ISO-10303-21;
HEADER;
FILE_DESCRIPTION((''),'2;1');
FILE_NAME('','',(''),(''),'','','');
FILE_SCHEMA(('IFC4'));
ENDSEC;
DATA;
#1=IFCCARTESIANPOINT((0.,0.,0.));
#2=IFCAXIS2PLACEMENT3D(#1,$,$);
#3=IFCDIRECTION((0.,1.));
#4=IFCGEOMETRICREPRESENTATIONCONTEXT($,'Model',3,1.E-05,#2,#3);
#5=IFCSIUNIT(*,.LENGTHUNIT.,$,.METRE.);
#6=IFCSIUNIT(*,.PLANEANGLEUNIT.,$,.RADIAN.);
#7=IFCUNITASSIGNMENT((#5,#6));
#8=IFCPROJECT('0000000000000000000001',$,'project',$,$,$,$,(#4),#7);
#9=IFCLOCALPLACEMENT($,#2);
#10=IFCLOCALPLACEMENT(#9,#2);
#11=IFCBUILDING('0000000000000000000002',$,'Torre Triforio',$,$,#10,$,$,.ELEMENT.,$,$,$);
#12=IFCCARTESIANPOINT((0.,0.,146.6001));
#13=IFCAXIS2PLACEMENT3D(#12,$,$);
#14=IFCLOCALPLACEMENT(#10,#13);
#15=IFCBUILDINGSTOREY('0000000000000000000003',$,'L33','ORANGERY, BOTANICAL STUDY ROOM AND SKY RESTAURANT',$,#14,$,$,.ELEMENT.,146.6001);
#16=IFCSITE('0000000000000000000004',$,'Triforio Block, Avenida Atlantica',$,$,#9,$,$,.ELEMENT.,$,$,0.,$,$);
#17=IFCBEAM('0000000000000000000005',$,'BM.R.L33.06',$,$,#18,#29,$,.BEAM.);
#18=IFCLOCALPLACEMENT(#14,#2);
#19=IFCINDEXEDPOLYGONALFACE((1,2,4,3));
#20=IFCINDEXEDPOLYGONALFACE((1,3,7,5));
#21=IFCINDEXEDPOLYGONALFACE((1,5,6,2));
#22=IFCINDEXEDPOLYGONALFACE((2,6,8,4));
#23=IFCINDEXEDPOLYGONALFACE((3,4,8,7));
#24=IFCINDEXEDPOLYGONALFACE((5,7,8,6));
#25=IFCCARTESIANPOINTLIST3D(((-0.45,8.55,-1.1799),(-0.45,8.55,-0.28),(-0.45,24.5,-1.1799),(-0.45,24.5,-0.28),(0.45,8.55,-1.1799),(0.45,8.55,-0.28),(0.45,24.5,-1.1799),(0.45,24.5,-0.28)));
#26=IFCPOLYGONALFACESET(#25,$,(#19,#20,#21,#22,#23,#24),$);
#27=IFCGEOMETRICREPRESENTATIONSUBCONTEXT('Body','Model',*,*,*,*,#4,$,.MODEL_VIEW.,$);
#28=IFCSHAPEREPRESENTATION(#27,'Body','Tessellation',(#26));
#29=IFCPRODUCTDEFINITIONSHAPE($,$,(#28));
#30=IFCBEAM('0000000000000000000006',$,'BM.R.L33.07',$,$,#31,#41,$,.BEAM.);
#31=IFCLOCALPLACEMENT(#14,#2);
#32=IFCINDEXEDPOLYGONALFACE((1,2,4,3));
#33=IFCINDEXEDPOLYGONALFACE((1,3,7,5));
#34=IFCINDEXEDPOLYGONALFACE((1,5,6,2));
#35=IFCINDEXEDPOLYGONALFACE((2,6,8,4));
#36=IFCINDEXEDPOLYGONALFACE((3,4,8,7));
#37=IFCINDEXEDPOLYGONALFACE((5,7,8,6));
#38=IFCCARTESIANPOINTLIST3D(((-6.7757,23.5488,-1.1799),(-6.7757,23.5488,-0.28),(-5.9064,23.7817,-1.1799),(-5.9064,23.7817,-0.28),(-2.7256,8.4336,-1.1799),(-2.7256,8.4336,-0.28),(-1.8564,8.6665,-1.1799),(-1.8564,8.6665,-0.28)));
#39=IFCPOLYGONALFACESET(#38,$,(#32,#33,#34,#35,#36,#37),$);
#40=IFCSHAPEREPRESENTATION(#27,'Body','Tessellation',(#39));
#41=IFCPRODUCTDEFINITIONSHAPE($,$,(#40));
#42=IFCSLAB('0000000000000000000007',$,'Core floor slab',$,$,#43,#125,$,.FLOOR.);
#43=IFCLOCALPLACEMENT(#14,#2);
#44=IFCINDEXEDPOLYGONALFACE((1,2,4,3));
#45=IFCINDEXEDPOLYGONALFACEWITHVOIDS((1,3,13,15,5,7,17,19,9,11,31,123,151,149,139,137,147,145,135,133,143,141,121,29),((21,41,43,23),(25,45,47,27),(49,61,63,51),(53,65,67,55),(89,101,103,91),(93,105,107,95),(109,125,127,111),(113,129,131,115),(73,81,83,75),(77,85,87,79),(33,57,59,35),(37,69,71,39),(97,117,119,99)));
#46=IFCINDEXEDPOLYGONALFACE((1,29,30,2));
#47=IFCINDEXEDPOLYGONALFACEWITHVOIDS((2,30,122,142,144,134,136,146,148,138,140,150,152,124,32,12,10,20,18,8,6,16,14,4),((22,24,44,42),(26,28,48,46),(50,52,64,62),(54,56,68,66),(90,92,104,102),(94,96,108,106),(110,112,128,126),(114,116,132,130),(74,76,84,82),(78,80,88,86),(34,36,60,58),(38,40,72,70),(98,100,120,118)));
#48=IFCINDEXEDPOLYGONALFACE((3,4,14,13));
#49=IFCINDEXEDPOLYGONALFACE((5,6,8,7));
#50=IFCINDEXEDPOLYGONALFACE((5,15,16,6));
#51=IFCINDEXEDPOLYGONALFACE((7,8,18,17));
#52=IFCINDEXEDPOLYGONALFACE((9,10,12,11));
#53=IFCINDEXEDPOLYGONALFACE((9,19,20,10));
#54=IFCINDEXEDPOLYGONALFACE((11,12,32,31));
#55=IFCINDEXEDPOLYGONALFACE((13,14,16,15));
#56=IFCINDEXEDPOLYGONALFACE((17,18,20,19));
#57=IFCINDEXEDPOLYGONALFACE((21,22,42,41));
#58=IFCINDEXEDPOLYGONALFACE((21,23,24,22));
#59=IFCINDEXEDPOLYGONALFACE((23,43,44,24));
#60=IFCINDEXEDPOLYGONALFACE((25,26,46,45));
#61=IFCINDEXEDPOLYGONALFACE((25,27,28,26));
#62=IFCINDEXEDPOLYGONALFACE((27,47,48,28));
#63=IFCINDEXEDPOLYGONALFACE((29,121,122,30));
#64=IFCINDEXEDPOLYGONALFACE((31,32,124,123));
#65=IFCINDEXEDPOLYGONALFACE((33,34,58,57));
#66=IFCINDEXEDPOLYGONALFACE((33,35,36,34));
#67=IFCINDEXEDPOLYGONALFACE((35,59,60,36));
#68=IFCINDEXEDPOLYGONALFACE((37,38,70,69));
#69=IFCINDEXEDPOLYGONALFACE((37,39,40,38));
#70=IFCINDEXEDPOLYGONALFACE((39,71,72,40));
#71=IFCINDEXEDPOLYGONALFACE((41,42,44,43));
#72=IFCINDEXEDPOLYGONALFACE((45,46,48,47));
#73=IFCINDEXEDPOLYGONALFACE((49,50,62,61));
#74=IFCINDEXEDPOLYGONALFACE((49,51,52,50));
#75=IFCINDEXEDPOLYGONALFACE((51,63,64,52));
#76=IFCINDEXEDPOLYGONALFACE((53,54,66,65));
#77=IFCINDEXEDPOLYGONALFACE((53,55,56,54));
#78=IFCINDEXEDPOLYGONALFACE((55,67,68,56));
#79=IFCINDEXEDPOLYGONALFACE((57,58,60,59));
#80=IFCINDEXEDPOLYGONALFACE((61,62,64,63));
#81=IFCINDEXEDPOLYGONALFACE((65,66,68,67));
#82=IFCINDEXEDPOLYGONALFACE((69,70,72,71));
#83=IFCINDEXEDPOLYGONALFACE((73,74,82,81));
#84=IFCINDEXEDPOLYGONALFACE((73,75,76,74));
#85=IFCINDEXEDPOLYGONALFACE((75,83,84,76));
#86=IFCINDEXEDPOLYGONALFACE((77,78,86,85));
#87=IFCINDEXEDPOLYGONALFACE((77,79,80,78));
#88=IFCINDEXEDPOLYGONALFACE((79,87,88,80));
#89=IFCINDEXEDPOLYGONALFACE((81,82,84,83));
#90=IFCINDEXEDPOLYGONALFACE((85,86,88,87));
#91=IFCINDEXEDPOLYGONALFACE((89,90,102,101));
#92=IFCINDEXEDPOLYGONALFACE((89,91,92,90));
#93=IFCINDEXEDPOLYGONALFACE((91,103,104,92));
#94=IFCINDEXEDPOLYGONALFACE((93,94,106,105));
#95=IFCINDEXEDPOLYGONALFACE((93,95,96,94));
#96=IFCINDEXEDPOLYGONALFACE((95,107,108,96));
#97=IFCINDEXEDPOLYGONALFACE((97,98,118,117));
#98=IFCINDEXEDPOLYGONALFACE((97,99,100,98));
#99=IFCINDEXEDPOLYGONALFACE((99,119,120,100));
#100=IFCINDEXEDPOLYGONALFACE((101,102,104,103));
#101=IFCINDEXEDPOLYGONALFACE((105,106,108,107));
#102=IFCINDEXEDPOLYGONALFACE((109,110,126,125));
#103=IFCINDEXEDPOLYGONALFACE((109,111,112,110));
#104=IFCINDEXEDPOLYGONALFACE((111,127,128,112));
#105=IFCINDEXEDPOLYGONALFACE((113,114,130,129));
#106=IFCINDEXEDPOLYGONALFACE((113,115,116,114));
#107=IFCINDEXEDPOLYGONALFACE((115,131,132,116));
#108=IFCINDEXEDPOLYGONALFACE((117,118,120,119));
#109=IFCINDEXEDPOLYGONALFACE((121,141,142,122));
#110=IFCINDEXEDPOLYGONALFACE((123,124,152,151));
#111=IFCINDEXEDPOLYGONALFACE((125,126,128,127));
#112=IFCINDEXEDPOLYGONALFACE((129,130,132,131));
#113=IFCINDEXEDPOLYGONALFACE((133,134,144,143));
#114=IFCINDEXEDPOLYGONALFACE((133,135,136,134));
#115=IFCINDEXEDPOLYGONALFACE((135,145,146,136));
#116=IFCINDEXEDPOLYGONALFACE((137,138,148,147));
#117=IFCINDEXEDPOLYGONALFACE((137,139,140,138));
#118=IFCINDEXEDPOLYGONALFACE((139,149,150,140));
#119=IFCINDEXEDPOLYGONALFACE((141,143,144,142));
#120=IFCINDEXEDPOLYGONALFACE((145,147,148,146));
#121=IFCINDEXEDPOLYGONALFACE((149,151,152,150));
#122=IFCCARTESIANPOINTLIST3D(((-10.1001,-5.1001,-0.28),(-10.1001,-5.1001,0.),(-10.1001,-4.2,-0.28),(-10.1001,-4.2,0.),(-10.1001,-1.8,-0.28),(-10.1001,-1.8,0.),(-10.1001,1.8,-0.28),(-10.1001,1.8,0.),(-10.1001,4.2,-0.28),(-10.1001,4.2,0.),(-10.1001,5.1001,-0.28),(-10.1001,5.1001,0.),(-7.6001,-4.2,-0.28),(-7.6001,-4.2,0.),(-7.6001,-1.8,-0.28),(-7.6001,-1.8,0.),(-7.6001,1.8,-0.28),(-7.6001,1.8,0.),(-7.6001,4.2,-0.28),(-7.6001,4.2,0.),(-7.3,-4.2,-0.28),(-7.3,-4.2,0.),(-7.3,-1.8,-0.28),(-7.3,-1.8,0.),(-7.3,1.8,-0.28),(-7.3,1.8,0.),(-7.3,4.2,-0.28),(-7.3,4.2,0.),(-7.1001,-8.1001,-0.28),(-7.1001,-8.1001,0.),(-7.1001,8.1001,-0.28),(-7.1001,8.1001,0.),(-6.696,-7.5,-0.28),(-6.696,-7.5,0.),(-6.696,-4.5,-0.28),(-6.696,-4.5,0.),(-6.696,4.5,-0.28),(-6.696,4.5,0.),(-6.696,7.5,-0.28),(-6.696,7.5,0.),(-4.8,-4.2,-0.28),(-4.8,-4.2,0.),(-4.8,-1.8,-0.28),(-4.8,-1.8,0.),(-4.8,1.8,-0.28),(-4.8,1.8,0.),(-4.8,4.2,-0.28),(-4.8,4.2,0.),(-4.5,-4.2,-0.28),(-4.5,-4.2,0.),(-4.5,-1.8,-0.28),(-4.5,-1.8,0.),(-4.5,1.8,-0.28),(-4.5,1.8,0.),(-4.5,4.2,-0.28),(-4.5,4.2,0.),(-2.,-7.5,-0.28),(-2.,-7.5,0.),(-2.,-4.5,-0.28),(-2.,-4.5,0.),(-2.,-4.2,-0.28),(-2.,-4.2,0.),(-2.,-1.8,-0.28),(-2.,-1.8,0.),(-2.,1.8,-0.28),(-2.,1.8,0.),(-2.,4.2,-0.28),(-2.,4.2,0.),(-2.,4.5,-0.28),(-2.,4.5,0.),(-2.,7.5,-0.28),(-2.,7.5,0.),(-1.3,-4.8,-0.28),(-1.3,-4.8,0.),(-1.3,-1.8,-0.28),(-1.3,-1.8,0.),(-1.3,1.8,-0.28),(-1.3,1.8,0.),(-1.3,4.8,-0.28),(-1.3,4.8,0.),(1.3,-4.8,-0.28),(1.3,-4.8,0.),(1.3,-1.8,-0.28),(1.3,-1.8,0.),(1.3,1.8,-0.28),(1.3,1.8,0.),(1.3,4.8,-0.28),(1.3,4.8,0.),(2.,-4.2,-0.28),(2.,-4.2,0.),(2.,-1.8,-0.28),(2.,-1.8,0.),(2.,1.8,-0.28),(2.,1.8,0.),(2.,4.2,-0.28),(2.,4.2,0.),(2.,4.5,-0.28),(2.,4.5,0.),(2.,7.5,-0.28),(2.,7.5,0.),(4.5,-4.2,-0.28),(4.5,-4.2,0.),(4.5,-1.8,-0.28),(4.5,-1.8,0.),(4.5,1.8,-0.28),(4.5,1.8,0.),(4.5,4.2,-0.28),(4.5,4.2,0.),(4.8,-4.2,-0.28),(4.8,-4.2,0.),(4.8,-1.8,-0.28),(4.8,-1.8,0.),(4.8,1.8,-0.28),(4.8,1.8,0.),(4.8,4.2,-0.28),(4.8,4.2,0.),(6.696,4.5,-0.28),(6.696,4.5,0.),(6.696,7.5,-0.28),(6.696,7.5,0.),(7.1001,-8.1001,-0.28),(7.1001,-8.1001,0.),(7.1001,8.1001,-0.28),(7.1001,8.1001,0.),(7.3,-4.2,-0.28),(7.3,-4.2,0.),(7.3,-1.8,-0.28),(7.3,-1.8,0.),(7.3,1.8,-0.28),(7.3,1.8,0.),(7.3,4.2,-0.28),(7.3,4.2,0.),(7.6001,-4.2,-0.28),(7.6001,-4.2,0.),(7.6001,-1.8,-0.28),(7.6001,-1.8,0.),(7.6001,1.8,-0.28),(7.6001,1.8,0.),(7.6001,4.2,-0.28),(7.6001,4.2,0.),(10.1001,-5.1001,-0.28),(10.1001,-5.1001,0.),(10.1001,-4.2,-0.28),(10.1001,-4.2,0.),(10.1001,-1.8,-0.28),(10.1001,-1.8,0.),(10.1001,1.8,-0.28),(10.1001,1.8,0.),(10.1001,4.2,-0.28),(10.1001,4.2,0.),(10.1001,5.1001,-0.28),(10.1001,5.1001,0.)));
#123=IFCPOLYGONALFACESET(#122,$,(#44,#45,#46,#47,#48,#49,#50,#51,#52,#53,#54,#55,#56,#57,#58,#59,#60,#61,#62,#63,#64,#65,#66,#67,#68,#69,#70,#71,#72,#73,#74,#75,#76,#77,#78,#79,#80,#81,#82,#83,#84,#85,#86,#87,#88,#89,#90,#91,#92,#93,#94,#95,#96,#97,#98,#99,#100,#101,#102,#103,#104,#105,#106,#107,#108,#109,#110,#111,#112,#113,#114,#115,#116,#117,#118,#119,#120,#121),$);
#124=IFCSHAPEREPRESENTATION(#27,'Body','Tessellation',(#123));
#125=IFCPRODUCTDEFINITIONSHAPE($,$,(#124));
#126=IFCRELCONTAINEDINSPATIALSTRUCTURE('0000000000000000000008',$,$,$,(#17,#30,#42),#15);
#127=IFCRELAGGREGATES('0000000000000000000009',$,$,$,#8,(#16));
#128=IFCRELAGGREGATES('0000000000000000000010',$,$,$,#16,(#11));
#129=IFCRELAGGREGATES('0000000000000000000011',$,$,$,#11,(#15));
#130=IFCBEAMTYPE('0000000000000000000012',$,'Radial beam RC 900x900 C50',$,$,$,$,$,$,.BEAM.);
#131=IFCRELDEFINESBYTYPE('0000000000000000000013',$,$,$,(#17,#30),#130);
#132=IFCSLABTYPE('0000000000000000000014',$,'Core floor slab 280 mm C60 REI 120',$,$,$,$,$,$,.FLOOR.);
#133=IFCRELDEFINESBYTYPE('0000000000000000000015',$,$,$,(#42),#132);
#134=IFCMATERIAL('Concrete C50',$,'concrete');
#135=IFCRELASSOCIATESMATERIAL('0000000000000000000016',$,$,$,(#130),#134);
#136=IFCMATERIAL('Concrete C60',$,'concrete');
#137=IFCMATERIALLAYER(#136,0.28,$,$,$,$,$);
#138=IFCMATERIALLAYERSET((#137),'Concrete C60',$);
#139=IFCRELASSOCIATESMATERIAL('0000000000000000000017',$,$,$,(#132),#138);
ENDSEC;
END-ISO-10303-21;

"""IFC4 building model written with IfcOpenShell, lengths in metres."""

from ifc_helpers import new_model, si_unit, direction, frame, origin, origin_2d, place, context, subcontext, project, spatial, polyline, rectangle, outline, extrude, material, layer, layer_set, material_profile, profile_set, type_object, element, save


model = new_model("IFC4")

# Units and contexts
model_context = context("Model", 3, precision=1e-05, world=origin(), true_north=direction((0.0, 1.0)))
body_context = subcontext(model_context, "Body", "Model", "MODEL_VIEW")
ifc_project = project(units=[si_unit("LENGTHUNIT", "METRE"), si_unit("PLANEANGLEUNIT", "RADIAN")], contexts=[model_context])

# Site, building, storey
site_placement = place(None, origin())
site = spatial("IfcSite", under=ifc_project, at=site_placement, Name="Triforio Block, Avenida Atlantica", CompositionType="ELEMENT", RefElevation=0.0)
building_placement = place(site_placement, origin())
building = spatial("IfcBuilding", under=site, at=building_placement, Name="Torre Triforio", CompositionType="ELEMENT")
storey_placement = place(building_placement, frame((0.0, 0.0, 146.6001)))
storey = spatial("IfcBuildingStorey", under=building, at=storey_placement, Name="L33", Description="ORANGERY, BOTANICAL STUDY ROOM AND SKY RESTAURANT", CompositionType="ELEMENT", Elevation=146.6001)

# Beams
ifc_material_1 = material(Name="Concrete C50", Category="concrete")
ifc_material_profile = material_profile(ifc_material_1, rectangle(XDim=0.8999, YDim=0.8999, at=origin_2d()), Name="RC 900x900")
ifc_profile_set = profile_set([ifc_material_profile], Name="Concrete C50")
beam_type = type_object("IfcBeamType", Name="Radial beam RC 900x900 C50", PredefinedType="BEAM", material=ifc_profile_set)
beam_1_placement = place(storey_placement, frame((0.0, 8.55, -0.73), z_axis=(0.0, 1.0, 0.0), x_axis=(-1.0, 0.0, 0.0)))
element("IfcBeam", 1, at=beam_1_placement, inside=storey, type_object=beam_type, Name="BM.R.L33.06", PredefinedType="BEAM", context=body_context, shape_type="SweptSolid", body=[
    extrude(rectangle(XDim=0.8999, YDim=0.8999, at=origin_2d()), origin(), (0.0, 0.0, 1.0), 15.95),
])
beam_2_placement = place(storey_placement, frame((-2.291, 8.55, -0.73), z_axis=(-0.258815, 0.965927, 0.0), x_axis=(-0.965927, -0.258815, 0.0)))
element("IfcBeam", 2, at=beam_2_placement, inside=storey, type_object=beam_type, Name="BM.R.L33.07", PredefinedType="BEAM", context=body_context, shape_type="SweptSolid", body=[
    extrude(rectangle(XDim=0.8999, YDim=0.8999, at=origin_2d()), origin(), (0.0, 0.0, 1.0), 15.6484),
])

# Slab
ifc_material_2 = material(Name="Concrete C60", Category="concrete")
ifc_layer_1 = layer(ifc_material_2, 0.28)
ifc_layer_set_1 = layer_set([ifc_layer_1], Name="Concrete C60")
slab_type_1 = type_object("IfcSlabType", Name="Core floor slab 280 mm C60 REI 120", PredefinedType="FLOOR", material=ifc_layer_set_1)
slab_1_placement = place(storey_placement, frame((0.0, 0.0, -0.28)))
element("IfcSlab", 3, at=slab_1_placement, inside=storey, type_object=slab_type_1, Name="Core floor slab", PredefinedType="FLOOR", context=body_context, shape_type="SweptSolid", body=[
    extrude(outline(polyline([(10.1001, -5.1001), (7.1001, -8.1001), (-7.1001, -8.1001), (-10.1001, -5.1001), (-10.1001, -4.2), (-7.6001, -4.2), (-7.6001, -1.8), (-10.1001, -1.8), (-10.1001, 1.8), (-7.6001, 1.8), (-7.6001, 4.2), (-10.1001, 4.2), (-10.1001, 5.1001), (-7.1001, 8.1001), (7.1001, 8.1001), (10.1001, 5.1001), (10.1001, 4.2), (7.6001, 4.2), (7.6001, 1.8), (10.1001, 1.8), (10.1001, -1.8), (7.6001, -1.8), (7.6001, -4.2), (10.1001, -4.2), (10.1001, -5.1001)]), holes=[polyline([(-2.0, -4.5), (-6.696, -4.5), (-6.696, -7.5), (-2.0, -7.5), (-2.0, -4.5)]), polyline([(-4.8, -1.8), (-7.3, -1.8), (-7.3, -4.2), (-4.8, -4.2), (-4.8, -1.8)]), polyline([(-2.0, -1.8), (-4.5, -1.8), (-4.5, -4.2), (-2.0, -4.2), (-2.0, -1.8)]), polyline([(-4.8, 4.2), (-7.3, 4.2), (-7.3, 1.8), (-4.8, 1.8), (-4.8, 4.2)]), polyline([(-2.0, 4.2), (-4.5, 4.2), (-4.5, 1.8), (-2.0, 1.8), (-2.0, 4.2)]), polyline([(1.3, 4.8), (-1.3, 4.8), (-1.3, 1.8), (1.3, 1.8), (1.3, 4.8)]), polyline([(-2.0, 7.5), (-6.696, 7.5), (-6.696, 4.5), (-2.0, 4.5), (-2.0, 7.5)]), polyline([(1.3, -1.8), (-1.3, -1.8), (-1.3, -4.8), (1.3, -4.8), (1.3, -1.8)]), polyline([(4.5, -1.8), (2.0, -1.8), (2.0, -4.2), (4.5, -4.2), (4.5, -1.8)]), polyline([(7.3, -1.8), (4.8, -1.8), (4.8, -4.2), (7.3, -4.2), (7.3, -1.8)]), polyline([(4.5, 4.2), (2.0, 4.2), (2.0, 1.8), (4.5, 1.8), (4.5, 4.2)]), polyline([(7.3, 4.2), (4.8, 4.2), (4.8, 1.8), (7.3, 1.8), (7.3, 4.2)]), polyline([(6.696, 4.5), (6.696, 7.5), (2.0, 7.5), (2.0, 4.5), (6.696, 4.5)])]), origin(), (0.0, 0.0, 1.0), 0.28),
])

save(model, "model.ifc")
